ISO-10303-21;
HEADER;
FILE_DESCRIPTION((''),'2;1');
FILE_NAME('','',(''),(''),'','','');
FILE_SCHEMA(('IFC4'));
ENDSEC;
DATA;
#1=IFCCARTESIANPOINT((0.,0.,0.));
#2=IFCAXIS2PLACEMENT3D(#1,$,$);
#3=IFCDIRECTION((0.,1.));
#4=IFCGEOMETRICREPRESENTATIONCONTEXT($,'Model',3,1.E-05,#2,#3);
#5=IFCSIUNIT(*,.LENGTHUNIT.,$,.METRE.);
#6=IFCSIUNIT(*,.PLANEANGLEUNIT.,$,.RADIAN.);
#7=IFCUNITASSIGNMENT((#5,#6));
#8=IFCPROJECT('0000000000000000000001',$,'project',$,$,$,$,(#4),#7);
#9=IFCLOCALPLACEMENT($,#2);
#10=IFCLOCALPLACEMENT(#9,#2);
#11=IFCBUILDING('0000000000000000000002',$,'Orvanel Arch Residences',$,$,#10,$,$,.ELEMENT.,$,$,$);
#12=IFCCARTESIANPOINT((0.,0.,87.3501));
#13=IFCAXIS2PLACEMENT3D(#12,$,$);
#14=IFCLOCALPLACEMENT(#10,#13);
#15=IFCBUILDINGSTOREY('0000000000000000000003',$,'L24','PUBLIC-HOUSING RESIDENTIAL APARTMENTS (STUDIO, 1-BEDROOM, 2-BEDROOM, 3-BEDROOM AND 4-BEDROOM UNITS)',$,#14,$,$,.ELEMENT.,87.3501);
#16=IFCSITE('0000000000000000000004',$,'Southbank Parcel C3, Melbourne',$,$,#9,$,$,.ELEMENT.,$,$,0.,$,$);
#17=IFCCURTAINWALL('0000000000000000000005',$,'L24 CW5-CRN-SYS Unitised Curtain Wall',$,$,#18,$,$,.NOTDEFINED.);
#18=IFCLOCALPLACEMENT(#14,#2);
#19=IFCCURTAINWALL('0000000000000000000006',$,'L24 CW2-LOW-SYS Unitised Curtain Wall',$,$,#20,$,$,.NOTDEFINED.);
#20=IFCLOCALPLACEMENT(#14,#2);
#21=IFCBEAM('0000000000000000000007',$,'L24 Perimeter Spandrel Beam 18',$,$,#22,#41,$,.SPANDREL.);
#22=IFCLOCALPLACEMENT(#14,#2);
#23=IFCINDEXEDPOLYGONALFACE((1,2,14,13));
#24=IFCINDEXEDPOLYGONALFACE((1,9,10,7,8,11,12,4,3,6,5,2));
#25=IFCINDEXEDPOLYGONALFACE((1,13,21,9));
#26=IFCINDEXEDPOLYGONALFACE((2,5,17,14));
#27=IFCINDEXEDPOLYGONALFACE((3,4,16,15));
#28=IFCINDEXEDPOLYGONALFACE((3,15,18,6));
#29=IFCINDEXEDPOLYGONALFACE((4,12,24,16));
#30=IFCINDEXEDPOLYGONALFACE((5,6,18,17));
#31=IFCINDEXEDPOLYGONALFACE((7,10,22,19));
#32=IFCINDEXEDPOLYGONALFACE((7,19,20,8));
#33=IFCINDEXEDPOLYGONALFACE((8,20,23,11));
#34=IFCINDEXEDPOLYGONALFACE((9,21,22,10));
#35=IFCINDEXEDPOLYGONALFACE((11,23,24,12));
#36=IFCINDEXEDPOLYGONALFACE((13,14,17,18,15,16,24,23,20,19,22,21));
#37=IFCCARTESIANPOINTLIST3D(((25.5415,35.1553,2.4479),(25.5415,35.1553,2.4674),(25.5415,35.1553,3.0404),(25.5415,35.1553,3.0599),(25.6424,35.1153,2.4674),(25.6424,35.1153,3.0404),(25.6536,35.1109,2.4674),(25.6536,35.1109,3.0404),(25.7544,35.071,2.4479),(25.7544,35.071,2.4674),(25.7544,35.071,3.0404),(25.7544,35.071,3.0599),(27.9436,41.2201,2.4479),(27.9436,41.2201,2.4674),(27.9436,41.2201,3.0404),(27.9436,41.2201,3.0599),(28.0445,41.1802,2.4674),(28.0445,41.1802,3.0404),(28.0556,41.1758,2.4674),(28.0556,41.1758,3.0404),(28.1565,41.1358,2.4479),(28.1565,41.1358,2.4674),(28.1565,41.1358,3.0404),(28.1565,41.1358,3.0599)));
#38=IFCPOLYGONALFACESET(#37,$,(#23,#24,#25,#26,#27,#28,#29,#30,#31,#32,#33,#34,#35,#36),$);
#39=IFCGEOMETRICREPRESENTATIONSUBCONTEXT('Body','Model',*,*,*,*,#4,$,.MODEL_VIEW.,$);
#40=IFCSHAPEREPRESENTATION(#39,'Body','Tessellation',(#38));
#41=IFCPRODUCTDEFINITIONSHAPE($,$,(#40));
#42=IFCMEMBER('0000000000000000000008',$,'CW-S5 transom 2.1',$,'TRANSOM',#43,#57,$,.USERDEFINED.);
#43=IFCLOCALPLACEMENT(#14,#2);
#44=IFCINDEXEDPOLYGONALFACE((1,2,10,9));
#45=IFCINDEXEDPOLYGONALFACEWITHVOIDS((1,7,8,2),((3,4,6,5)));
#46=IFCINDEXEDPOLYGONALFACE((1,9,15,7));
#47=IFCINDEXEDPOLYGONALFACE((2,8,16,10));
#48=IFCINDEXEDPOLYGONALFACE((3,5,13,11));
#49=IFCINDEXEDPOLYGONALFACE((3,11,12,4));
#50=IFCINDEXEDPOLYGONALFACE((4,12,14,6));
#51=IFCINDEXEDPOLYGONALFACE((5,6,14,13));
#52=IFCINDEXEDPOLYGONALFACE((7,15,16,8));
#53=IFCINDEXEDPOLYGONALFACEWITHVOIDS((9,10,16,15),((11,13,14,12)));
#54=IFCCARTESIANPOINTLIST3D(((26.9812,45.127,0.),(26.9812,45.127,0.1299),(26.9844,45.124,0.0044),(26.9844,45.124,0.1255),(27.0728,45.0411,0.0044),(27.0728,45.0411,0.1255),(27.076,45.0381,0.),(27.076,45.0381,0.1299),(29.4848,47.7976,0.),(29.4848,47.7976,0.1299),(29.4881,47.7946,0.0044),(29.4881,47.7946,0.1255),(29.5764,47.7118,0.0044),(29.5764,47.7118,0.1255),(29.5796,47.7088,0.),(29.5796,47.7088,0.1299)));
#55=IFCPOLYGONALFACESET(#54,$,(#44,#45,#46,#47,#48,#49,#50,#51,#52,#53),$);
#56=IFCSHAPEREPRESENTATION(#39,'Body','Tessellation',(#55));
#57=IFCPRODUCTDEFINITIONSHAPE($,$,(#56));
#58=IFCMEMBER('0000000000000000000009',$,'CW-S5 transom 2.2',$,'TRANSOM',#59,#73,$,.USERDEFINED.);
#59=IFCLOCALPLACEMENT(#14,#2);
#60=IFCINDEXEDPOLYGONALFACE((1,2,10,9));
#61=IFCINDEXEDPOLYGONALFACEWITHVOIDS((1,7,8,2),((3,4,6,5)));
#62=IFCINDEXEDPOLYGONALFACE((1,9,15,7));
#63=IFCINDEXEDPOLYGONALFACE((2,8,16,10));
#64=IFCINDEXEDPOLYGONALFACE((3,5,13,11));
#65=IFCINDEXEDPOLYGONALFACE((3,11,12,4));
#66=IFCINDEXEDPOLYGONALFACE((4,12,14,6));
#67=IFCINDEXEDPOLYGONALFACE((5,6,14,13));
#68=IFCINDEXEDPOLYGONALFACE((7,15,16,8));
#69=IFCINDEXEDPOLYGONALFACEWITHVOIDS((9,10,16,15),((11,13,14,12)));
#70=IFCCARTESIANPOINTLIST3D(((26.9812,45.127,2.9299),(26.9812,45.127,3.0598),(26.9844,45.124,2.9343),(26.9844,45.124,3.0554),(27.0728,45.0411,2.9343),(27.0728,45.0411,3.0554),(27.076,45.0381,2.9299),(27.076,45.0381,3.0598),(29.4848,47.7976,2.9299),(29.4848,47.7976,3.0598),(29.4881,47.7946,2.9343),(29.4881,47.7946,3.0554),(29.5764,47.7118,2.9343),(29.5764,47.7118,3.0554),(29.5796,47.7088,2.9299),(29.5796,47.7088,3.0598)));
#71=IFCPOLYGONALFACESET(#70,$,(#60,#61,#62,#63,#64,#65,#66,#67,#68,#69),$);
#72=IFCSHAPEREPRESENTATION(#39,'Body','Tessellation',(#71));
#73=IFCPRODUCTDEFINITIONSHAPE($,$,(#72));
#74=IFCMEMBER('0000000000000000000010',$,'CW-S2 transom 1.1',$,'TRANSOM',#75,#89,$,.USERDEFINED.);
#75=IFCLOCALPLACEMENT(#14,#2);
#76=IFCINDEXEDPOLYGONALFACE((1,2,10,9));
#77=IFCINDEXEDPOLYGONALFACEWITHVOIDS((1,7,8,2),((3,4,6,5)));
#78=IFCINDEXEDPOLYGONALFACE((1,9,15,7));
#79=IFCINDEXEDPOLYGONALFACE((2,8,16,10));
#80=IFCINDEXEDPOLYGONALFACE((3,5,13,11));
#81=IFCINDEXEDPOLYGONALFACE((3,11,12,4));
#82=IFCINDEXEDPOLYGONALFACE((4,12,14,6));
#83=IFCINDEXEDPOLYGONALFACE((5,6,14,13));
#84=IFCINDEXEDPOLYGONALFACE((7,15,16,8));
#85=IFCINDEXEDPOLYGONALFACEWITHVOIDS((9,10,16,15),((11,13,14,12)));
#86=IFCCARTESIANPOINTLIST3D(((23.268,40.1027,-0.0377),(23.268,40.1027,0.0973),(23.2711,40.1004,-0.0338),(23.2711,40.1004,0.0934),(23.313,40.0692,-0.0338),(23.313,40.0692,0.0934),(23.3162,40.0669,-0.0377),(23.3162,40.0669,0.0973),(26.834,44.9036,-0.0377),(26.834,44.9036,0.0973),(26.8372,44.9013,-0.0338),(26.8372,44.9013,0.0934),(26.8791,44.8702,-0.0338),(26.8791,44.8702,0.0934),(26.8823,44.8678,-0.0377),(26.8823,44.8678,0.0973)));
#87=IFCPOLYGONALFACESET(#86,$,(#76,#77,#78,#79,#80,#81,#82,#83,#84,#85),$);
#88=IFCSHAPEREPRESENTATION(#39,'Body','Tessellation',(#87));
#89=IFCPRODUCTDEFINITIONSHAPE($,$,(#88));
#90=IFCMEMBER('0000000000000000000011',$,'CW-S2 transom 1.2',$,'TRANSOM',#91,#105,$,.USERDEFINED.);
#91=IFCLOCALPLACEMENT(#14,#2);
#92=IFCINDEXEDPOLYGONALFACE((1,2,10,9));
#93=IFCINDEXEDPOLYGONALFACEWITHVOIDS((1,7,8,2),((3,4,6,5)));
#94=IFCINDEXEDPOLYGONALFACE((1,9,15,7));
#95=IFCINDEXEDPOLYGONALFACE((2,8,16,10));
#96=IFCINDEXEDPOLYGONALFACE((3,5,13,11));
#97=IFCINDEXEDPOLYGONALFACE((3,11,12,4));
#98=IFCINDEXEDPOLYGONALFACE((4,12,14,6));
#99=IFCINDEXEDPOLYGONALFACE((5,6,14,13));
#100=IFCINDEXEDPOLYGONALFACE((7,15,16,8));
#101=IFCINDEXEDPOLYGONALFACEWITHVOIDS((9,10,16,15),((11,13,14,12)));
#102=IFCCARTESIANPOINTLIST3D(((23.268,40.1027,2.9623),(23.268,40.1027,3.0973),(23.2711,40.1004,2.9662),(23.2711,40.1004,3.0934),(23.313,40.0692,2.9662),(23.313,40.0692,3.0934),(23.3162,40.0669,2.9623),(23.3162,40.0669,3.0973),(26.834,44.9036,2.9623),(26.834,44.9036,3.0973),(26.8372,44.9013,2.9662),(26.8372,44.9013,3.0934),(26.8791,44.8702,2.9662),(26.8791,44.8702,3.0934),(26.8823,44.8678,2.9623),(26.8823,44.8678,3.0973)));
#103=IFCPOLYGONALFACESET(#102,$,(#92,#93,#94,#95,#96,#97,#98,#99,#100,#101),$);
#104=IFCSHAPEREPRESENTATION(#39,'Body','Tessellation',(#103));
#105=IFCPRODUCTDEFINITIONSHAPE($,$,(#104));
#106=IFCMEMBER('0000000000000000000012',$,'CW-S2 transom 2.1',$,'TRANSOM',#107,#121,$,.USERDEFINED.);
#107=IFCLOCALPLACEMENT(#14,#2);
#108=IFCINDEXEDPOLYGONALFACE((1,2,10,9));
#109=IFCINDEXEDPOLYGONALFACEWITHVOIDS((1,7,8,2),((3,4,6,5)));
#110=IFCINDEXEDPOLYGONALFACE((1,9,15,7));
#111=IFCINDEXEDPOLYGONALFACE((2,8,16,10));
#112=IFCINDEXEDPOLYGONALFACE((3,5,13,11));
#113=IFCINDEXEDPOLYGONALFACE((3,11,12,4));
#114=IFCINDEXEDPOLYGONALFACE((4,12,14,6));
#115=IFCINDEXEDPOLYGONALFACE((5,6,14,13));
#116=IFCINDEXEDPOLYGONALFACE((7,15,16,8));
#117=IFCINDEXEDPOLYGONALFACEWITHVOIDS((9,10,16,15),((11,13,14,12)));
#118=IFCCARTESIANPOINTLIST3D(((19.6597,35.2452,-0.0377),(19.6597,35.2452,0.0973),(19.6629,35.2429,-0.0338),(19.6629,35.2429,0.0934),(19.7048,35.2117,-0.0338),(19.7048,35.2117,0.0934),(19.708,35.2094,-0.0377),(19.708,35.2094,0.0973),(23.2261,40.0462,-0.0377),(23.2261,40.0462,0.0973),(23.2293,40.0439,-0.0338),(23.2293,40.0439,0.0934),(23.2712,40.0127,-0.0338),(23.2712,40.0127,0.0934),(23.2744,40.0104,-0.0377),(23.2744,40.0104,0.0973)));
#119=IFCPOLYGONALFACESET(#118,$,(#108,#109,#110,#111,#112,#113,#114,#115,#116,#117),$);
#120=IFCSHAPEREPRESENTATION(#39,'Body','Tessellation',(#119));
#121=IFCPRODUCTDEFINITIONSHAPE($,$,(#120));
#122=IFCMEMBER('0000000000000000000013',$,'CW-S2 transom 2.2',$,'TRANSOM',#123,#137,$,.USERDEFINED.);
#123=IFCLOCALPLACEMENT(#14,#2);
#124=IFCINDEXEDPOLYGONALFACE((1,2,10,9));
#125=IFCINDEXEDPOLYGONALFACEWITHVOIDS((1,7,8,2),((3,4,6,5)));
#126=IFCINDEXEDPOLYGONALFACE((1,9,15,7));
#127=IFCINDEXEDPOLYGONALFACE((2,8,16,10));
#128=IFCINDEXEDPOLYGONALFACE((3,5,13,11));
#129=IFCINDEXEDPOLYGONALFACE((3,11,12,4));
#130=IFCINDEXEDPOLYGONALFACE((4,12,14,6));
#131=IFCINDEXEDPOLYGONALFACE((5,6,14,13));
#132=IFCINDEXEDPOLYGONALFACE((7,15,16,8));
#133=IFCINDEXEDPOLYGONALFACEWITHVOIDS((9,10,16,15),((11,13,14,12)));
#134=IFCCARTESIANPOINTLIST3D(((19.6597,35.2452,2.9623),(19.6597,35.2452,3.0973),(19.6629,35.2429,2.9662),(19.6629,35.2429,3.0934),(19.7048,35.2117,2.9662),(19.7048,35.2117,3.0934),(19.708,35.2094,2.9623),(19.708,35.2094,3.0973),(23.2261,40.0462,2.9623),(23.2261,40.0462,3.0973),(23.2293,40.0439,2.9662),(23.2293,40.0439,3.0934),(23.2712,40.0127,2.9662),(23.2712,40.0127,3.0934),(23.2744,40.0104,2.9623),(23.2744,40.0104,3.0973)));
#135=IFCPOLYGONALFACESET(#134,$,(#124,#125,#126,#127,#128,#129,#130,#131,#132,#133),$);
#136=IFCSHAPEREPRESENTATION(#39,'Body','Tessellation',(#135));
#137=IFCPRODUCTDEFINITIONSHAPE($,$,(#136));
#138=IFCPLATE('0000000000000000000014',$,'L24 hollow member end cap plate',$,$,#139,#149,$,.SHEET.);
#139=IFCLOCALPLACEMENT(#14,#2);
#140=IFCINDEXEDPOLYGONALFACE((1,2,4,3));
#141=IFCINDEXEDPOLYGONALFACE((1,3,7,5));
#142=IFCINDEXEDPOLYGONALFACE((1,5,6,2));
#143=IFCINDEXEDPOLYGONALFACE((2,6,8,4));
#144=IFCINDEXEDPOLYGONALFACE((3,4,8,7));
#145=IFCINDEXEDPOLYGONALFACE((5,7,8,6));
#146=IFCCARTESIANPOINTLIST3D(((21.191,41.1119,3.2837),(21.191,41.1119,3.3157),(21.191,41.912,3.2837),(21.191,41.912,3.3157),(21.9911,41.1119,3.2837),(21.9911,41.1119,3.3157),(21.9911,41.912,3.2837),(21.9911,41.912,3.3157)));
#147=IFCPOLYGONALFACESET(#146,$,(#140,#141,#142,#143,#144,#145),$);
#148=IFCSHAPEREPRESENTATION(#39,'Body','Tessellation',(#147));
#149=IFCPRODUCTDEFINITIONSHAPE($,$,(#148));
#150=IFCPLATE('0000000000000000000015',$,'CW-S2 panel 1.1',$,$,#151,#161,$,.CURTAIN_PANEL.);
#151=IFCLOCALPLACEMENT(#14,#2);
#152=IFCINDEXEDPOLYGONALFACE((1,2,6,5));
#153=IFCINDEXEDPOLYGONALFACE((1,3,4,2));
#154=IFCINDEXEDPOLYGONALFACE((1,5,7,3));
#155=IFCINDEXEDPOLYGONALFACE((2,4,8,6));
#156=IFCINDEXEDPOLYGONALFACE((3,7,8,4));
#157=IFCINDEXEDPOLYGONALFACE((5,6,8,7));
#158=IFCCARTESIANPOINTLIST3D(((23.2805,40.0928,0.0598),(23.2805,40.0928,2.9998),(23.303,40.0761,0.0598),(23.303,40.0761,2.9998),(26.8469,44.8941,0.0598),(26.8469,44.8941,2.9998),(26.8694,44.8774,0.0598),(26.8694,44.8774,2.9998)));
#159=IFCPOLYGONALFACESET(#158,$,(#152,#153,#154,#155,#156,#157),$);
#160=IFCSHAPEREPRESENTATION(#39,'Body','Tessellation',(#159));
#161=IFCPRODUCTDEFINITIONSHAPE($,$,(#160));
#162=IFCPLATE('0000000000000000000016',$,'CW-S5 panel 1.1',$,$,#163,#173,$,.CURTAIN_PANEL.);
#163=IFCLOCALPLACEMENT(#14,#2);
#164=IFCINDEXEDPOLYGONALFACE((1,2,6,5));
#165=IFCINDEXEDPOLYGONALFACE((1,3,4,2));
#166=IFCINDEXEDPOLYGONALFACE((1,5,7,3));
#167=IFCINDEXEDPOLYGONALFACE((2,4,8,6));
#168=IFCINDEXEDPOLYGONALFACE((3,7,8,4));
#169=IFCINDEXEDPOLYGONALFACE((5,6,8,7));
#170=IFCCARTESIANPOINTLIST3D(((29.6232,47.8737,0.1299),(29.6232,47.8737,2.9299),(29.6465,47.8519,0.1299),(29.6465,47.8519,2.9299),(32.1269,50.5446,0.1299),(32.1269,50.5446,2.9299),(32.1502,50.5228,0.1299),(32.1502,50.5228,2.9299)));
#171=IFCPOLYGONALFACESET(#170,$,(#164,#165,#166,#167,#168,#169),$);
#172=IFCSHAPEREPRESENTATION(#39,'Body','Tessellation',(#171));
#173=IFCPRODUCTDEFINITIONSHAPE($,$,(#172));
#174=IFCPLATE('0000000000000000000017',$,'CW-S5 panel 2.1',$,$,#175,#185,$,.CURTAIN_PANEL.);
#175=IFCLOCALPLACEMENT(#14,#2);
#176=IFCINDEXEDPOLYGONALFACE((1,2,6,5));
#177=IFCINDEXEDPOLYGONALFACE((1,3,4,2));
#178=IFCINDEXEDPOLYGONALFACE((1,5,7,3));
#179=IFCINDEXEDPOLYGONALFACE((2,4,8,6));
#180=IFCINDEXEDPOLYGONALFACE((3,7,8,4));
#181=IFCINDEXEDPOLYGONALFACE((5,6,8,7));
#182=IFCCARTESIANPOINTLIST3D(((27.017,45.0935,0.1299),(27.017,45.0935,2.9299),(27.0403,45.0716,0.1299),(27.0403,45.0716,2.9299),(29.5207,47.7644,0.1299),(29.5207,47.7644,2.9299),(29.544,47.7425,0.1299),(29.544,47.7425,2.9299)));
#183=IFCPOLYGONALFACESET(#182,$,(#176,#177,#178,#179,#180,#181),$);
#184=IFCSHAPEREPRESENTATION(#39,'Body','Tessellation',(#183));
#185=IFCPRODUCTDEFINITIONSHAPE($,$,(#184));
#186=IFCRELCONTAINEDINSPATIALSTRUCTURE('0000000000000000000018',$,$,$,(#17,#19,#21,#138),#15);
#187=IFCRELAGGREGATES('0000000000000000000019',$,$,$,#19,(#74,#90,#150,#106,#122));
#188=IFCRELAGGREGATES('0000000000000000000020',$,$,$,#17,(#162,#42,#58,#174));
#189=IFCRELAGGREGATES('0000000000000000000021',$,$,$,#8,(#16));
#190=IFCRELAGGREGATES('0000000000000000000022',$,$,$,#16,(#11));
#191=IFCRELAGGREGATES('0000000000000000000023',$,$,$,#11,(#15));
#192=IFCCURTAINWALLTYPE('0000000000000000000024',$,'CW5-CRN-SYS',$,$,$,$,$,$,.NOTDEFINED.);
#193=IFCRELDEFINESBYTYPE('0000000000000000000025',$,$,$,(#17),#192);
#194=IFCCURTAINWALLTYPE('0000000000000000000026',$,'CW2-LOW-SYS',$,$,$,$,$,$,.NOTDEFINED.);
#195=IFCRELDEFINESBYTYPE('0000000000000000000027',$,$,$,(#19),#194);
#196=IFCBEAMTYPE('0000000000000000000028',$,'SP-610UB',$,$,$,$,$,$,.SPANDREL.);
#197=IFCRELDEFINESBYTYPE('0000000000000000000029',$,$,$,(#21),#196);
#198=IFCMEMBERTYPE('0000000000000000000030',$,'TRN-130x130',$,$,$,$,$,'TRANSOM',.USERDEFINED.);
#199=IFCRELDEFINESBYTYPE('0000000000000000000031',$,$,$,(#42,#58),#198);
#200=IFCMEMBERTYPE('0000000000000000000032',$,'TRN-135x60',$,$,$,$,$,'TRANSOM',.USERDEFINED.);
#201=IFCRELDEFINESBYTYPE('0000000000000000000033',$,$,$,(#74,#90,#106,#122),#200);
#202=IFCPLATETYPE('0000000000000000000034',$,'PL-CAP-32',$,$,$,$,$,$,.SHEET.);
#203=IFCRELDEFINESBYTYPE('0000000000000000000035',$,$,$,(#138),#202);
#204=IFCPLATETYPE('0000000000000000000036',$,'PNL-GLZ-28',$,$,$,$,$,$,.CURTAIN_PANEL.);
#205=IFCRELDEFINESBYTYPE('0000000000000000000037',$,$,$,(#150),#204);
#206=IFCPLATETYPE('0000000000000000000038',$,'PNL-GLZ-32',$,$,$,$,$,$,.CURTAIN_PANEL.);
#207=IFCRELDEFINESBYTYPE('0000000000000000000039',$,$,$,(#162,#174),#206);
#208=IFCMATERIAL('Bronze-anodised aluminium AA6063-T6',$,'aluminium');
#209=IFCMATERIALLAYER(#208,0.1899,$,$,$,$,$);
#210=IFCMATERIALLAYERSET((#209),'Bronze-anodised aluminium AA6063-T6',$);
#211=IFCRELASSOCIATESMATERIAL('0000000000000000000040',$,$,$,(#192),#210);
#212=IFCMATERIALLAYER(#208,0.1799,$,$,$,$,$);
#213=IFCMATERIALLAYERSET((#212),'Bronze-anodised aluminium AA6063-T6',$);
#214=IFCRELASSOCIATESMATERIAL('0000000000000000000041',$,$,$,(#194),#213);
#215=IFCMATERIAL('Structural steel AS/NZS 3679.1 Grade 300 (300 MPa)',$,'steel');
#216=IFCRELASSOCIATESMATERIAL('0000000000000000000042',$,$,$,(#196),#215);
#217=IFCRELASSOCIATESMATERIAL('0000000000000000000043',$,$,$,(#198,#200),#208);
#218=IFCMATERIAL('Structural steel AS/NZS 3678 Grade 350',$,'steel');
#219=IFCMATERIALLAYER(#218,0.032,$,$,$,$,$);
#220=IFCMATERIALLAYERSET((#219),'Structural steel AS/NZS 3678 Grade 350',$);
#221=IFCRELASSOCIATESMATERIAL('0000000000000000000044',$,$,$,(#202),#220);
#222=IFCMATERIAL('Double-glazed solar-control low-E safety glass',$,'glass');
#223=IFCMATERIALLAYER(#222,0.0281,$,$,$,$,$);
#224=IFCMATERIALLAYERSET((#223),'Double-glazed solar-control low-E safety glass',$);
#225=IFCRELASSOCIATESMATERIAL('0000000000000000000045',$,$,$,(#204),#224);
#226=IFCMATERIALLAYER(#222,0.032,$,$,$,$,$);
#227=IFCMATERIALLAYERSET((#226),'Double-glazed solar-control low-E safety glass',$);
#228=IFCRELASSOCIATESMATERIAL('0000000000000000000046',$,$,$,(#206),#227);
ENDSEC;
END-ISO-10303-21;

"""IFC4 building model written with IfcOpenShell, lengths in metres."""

from ifc_helpers import new_model, si_unit, direction, frame, origin, origin_2d, place, context, subcontext, project, spatial, rectangle, hollow_rectangle, i_section, extrude, material, layer, layer_set, material_profile, profile_set, type_object, element, aggregate, save


model = new_model("IFC4")

# Units and contexts
model_context = context("Model", 3, precision=1e-05, world=origin(), true_north=direction((0.0, 1.0)))
body_context = subcontext(model_context, "Body", "Model", "MODEL_VIEW")
ifc_project = project(units=[si_unit("LENGTHUNIT", "METRE"), si_unit("PLANEANGLEUNIT", "RADIAN")], contexts=[model_context])

# Site, building, storey
site_placement = place(None, origin())
site = spatial("IfcSite", under=ifc_project, at=site_placement, Name="Southbank Parcel C3, Melbourne", CompositionType="ELEMENT", RefElevation=0.0)
building_placement = place(site_placement, origin())
building = spatial("IfcBuilding", under=site, at=building_placement, Name="Orvanel Arch Residences", CompositionType="ELEMENT")
storey_placement = place(building_placement, frame((0.0, 0.0, 87.3501)))
storey = spatial("IfcBuildingStorey", under=building, at=storey_placement, Name="L24", Description="PUBLIC-HOUSING RESIDENTIAL APARTMENTS (STUDIO, 1-BEDROOM, 2-BEDROOM, 3-BEDROOM AND 4-BEDROOM UNITS)", CompositionType="ELEMENT", Elevation=87.3501)

# Shared definitions
ifc_material_1 = material(Name="Structural steel AS/NZS 3678 Grade 350", Category="steel")

# Shared definitions
ifc_material_2 = material(Name="Structural steel AS/NZS 3679.1 Grade 300 (300 MPa)", Category="steel")

# Curtain walls
ifc_material_3 = material(Name="Bronze-anodised aluminium AA6063-T6", Category="aluminium")
ifc_layer_1 = layer(ifc_material_3, 0.1899)
ifc_layer_set_1 = layer_set([ifc_layer_1], Name="Bronze-anodised aluminium AA6063-T6")
curtain_wall_type_1 = type_object("IfcCurtainWallType", Name="CW5-CRN-SYS", PredefinedType="NOTDEFINED", material=ifc_layer_set_1)
curtain_wall_1_placement = place(storey_placement, origin())
curtain_wall_1 = element("IfcCurtainWall", 1, at=curtain_wall_1_placement, inside=storey, type_object=curtain_wall_type_1, Name="L24 CW5-CRN-SYS Unitised Curtain Wall", PredefinedType="NOTDEFINED")
ifc_layer_2 = layer(ifc_material_3, 0.1799)
ifc_layer_set_2 = layer_set([ifc_layer_2], Name="Bronze-anodised aluminium AA6063-T6")
curtain_wall_type_2 = type_object("IfcCurtainWallType", Name="CW2-LOW-SYS", PredefinedType="NOTDEFINED", material=ifc_layer_set_2)
curtain_wall_2_placement = place(storey_placement, origin())
curtain_wall_2 = element("IfcCurtainWall", 2, at=curtain_wall_2_placement, inside=storey, type_object=curtain_wall_type_2, Name="L24 CW2-LOW-SYS Unitised Curtain Wall", PredefinedType="NOTDEFINED")

# Beam
ifc_material_profile_1 = material_profile(ifc_material_2, i_section(OverallWidth=0.229, OverallDepth=0.6121, WebThickness=0.012, FlangeThickness=0.0195, at=origin_2d()), Name="610UB125")
ifc_profile_set_1 = profile_set([ifc_material_profile_1], Name="Structural steel AS/NZS 3679.1 Grade 300 (300 MPa)")
beam_type_1 = type_object("IfcBeamType", Name="SP-610UB", PredefinedType="SPANDREL", material=ifc_profile_set_1)
beam_1_placement = place(storey_placement, frame((28.05, 41.178, 2.7539), z_axis=(-0.368233, -0.929733, 0.0), x_axis=(0.929733, -0.368233, 0.0)))
element("IfcBeam", 3, at=beam_1_placement, inside=storey, type_object=beam_type_1, Name="L24 Perimeter Spandrel Beam 18", PredefinedType="SPANDREL", context=body_context, shape_type="SweptSolid", body=[
    extrude(i_section(OverallWidth=0.229, OverallDepth=0.6121, WebThickness=0.012, FlangeThickness=0.0195, at=origin_2d()), origin(), (0.0, 0.0, 1.0), 6.5232),
])

# Members
ifc_material_profile_2 = material_profile(ifc_material_3, hollow_rectangle(XDim=0.1299, YDim=0.1299, WallThickness=0.0044, at=origin_2d()), Name="ALU130x130x4.5")
ifc_profile_set_2 = profile_set([ifc_material_profile_2], Name="Bronze-anodised aluminium AA6063-T6")
member_type_1 = type_object("IfcMemberType", Name="TRN-130x130", ElementType="TRANSOM", PredefinedType="USERDEFINED", material=ifc_profile_set_2)
member_1_placement = place(storey_placement, frame((29.5322, 47.7532, 0.0649), z_axis=(-0.68393, -0.729548, 0.0), x_axis=(0.729548, -0.68393, 0.0)))
member_1 = element("IfcMember", 4, at=member_1_placement, type_object=member_type_1, Name="CW-S5 transom 2.1", ObjectType="TRANSOM", PredefinedType="USERDEFINED", context=body_context, shape_type="SweptSolid", body=[
    extrude(hollow_rectangle(XDim=0.1299, YDim=0.1299, WallThickness=0.0044, at=origin_2d()), origin(), (0.0, 0.0, 1.0), 3.6606),
])
member_2_placement = place(storey_placement, frame((29.5322, 47.7532, 2.9949), z_axis=(-0.68393, -0.729548, 0.0), x_axis=(0.729548, -0.68393, 0.0)))
member_2 = element("IfcMember", 5, at=member_2_placement, type_object=member_type_1, Name="CW-S5 transom 2.2", ObjectType="TRANSOM", PredefinedType="USERDEFINED", context=body_context, shape_type="SweptSolid", body=[
    extrude(hollow_rectangle(XDim=0.1299, YDim=0.1299, WallThickness=0.0044, at=origin_2d()), origin(), (0.0, 0.0, 1.0), 3.6606),
])
ifc_material_profile_3 = material_profile(ifc_material_3, hollow_rectangle(XDim=0.0601, YDim=0.135, WallThickness=0.0039, at=origin_2d()), Name="ALU135x60x4")
ifc_profile_set_3 = profile_set([ifc_material_profile_3], Name="Bronze-anodised aluminium AA6063-T6")
member_type_2 = type_object("IfcMemberType", Name="TRN-135x60", ElementType="TRANSOM", PredefinedType="USERDEFINED", material=ifc_profile_set_3)
member_3_placement = place(storey_placement, frame((26.8582, 44.8857, 0.0298), z_axis=(-0.59629, -0.802769, 0.0), x_axis=(0.802769, -0.59629, 0.0)))
member_3 = element("IfcMember", 6, at=member_3_placement, type_object=member_type_2, Name="CW-S2 transom 1.1", ObjectType="TRANSOM", PredefinedType="USERDEFINED", context=body_context, shape_type="SweptSolid", body=[
    extrude(hollow_rectangle(XDim=0.0601, YDim=0.135, WallThickness=0.0039, at=origin_2d()), origin(), (0.0, 0.0, 1.0), 5.9805),
])
member_4_placement = place(storey_placement, frame((26.8582, 44.8857, 3.0298), z_axis=(-0.59629, -0.802769, 0.0), x_axis=(0.802769, -0.59629, 0.0)))
member_4 = element("IfcMember", 7, at=member_4_placement, type_object=member_type_2, Name="CW-S2 transom 1.2", ObjectType="TRANSOM", PredefinedType="USERDEFINED", context=body_context, shape_type="SweptSolid", body=[
    extrude(hollow_rectangle(XDim=0.0601, YDim=0.135, WallThickness=0.0039, at=origin_2d()), origin(), (0.0, 0.0, 1.0), 5.9805),
])
member_5_placement = place(storey_placement, frame((23.2502, 40.0283, 0.0298), z_axis=(-0.596316, -0.802749, 0.0), x_axis=(0.802749, -0.596316, 0.0)))
member_5 = element("IfcMember", 8, at=member_5_placement, type_object=member_type_2, Name="CW-S2 transom 2.1", ObjectType="TRANSOM", PredefinedType="USERDEFINED", context=body_context, shape_type="SweptSolid", body=[
    extrude(hollow_rectangle(XDim=0.0601, YDim=0.135, WallThickness=0.0039, at=origin_2d()), origin(), (0.0, 0.0, 1.0), 5.9807),
])
member_6_placement = place(storey_placement, frame((23.2502, 40.0283, 3.0298), z_axis=(-0.596316, -0.802749, 0.0), x_axis=(0.802749, -0.596316, 0.0)))
member_6 = element("IfcMember", 9, at=member_6_placement, type_object=member_type_2, Name="CW-S2 transom 2.2", ObjectType="TRANSOM", PredefinedType="USERDEFINED", context=body_context, shape_type="SweptSolid", body=[
    extrude(hollow_rectangle(XDim=0.0601, YDim=0.135, WallThickness=0.0039, at=origin_2d()), origin(), (0.0, 0.0, 1.0), 5.9807),
])

# Plates
ifc_layer_3 = layer(ifc_material_1, 0.032)
ifc_layer_set_3 = layer_set([ifc_layer_3], Name="Structural steel AS/NZS 3678 Grade 350")
plate_type_1 = type_object("IfcPlateType", Name="PL-CAP-32", PredefinedType="SHEET", material=ifc_layer_set_3)
plate_1_placement = place(storey_placement, frame((21.5911, 41.512, 3.2837), z_axis=(0.0, 0.0, 1.0), x_axis=(1.0, 0.0, 0.0)))
element("IfcPlate", 10, at=plate_1_placement, inside=storey, type_object=plate_type_1, Name="L24 hollow member end cap plate", PredefinedType="SHEET", context=body_context, shape_type="SweptSolid", body=[
    extrude(rectangle(XDim=0.8, YDim=0.8, at=origin_2d()), origin(), (0.0, 0.0, 1.0), 0.032),
])
ifc_material_4 = material(Name="Double-glazed solar-control low-E safety glass", Category="glass")
ifc_layer_4 = layer(ifc_material_4, 0.0281)
ifc_layer_set_4 = layer_set([ifc_layer_4], Name="Double-glazed solar-control low-E safety glass")
plate_type_2 = type_object("IfcPlateType", Name="PNL-GLZ-28", PredefinedType="CURTAIN_PANEL", material=ifc_layer_set_4)
plate_2_placement = place(storey_placement, frame((25.075, 42.4851, 0.0598), z_axis=(0.0, 0.0, 1.0), x_axis=(-0.5963, -0.802762, 0.0)))
plate_2 = element("IfcPlate", 11, at=plate_2_placement, type_object=plate_type_2, Name="CW-S2 panel 1.1", PredefinedType="CURTAIN_PANEL", context=body_context, shape_type="SweptSolid", body=[
    extrude(rectangle(XDim=5.981, YDim=0.0281, at=origin_2d()), origin(), (0.0, 0.0, 1.0), 2.9399),
])
aggregate(curtain_wall_2, [member_3, member_4, plate_2, member_5, member_6])
ifc_layer_5 = layer(ifc_material_4, 0.032)
ifc_layer_set_5 = layer_set([ifc_layer_5], Name="Double-glazed solar-control low-E safety glass")
plate_type_3 = type_object("IfcPlateType", Name="PNL-GLZ-32", PredefinedType="CURTAIN_PANEL", material=ifc_layer_set_5)
plate_3_placement = place(storey_placement, frame((30.8867, 49.1982, 0.1299), z_axis=(0.0, 0.0, 1.0), x_axis=(-0.683898, -0.729577, 0.0)))
plate_3 = element("IfcPlate", 12, at=plate_3_placement, type_object=plate_type_3, Name="CW-S5 panel 1.1", PredefinedType="CURTAIN_PANEL", context=body_context, shape_type="SweptSolid", body=[
    extrude(rectangle(XDim=3.6609, YDim=0.032, at=origin_2d()), origin(), (0.0, 0.0, 1.0), 2.8),
])
plate_4_placement = place(storey_placement, frame((28.2805, 46.418, 0.1299), z_axis=(0.0, 0.0, 1.0), x_axis=(-0.683898, -0.729577, 0.0)))
plate_4 = element("IfcPlate", 13, at=plate_4_placement, type_object=plate_type_3, Name="CW-S5 panel 2.1", PredefinedType="CURTAIN_PANEL", context=body_context, shape_type="SweptSolid", body=[
    extrude(rectangle(XDim=3.6609, YDim=0.032, at=origin_2d()), origin(), (0.0, 0.0, 1.0), 2.8),
])
aggregate(curtain_wall_1, [plate_3, member_1, member_2, plate_4])

save(model, "model.ifc")
